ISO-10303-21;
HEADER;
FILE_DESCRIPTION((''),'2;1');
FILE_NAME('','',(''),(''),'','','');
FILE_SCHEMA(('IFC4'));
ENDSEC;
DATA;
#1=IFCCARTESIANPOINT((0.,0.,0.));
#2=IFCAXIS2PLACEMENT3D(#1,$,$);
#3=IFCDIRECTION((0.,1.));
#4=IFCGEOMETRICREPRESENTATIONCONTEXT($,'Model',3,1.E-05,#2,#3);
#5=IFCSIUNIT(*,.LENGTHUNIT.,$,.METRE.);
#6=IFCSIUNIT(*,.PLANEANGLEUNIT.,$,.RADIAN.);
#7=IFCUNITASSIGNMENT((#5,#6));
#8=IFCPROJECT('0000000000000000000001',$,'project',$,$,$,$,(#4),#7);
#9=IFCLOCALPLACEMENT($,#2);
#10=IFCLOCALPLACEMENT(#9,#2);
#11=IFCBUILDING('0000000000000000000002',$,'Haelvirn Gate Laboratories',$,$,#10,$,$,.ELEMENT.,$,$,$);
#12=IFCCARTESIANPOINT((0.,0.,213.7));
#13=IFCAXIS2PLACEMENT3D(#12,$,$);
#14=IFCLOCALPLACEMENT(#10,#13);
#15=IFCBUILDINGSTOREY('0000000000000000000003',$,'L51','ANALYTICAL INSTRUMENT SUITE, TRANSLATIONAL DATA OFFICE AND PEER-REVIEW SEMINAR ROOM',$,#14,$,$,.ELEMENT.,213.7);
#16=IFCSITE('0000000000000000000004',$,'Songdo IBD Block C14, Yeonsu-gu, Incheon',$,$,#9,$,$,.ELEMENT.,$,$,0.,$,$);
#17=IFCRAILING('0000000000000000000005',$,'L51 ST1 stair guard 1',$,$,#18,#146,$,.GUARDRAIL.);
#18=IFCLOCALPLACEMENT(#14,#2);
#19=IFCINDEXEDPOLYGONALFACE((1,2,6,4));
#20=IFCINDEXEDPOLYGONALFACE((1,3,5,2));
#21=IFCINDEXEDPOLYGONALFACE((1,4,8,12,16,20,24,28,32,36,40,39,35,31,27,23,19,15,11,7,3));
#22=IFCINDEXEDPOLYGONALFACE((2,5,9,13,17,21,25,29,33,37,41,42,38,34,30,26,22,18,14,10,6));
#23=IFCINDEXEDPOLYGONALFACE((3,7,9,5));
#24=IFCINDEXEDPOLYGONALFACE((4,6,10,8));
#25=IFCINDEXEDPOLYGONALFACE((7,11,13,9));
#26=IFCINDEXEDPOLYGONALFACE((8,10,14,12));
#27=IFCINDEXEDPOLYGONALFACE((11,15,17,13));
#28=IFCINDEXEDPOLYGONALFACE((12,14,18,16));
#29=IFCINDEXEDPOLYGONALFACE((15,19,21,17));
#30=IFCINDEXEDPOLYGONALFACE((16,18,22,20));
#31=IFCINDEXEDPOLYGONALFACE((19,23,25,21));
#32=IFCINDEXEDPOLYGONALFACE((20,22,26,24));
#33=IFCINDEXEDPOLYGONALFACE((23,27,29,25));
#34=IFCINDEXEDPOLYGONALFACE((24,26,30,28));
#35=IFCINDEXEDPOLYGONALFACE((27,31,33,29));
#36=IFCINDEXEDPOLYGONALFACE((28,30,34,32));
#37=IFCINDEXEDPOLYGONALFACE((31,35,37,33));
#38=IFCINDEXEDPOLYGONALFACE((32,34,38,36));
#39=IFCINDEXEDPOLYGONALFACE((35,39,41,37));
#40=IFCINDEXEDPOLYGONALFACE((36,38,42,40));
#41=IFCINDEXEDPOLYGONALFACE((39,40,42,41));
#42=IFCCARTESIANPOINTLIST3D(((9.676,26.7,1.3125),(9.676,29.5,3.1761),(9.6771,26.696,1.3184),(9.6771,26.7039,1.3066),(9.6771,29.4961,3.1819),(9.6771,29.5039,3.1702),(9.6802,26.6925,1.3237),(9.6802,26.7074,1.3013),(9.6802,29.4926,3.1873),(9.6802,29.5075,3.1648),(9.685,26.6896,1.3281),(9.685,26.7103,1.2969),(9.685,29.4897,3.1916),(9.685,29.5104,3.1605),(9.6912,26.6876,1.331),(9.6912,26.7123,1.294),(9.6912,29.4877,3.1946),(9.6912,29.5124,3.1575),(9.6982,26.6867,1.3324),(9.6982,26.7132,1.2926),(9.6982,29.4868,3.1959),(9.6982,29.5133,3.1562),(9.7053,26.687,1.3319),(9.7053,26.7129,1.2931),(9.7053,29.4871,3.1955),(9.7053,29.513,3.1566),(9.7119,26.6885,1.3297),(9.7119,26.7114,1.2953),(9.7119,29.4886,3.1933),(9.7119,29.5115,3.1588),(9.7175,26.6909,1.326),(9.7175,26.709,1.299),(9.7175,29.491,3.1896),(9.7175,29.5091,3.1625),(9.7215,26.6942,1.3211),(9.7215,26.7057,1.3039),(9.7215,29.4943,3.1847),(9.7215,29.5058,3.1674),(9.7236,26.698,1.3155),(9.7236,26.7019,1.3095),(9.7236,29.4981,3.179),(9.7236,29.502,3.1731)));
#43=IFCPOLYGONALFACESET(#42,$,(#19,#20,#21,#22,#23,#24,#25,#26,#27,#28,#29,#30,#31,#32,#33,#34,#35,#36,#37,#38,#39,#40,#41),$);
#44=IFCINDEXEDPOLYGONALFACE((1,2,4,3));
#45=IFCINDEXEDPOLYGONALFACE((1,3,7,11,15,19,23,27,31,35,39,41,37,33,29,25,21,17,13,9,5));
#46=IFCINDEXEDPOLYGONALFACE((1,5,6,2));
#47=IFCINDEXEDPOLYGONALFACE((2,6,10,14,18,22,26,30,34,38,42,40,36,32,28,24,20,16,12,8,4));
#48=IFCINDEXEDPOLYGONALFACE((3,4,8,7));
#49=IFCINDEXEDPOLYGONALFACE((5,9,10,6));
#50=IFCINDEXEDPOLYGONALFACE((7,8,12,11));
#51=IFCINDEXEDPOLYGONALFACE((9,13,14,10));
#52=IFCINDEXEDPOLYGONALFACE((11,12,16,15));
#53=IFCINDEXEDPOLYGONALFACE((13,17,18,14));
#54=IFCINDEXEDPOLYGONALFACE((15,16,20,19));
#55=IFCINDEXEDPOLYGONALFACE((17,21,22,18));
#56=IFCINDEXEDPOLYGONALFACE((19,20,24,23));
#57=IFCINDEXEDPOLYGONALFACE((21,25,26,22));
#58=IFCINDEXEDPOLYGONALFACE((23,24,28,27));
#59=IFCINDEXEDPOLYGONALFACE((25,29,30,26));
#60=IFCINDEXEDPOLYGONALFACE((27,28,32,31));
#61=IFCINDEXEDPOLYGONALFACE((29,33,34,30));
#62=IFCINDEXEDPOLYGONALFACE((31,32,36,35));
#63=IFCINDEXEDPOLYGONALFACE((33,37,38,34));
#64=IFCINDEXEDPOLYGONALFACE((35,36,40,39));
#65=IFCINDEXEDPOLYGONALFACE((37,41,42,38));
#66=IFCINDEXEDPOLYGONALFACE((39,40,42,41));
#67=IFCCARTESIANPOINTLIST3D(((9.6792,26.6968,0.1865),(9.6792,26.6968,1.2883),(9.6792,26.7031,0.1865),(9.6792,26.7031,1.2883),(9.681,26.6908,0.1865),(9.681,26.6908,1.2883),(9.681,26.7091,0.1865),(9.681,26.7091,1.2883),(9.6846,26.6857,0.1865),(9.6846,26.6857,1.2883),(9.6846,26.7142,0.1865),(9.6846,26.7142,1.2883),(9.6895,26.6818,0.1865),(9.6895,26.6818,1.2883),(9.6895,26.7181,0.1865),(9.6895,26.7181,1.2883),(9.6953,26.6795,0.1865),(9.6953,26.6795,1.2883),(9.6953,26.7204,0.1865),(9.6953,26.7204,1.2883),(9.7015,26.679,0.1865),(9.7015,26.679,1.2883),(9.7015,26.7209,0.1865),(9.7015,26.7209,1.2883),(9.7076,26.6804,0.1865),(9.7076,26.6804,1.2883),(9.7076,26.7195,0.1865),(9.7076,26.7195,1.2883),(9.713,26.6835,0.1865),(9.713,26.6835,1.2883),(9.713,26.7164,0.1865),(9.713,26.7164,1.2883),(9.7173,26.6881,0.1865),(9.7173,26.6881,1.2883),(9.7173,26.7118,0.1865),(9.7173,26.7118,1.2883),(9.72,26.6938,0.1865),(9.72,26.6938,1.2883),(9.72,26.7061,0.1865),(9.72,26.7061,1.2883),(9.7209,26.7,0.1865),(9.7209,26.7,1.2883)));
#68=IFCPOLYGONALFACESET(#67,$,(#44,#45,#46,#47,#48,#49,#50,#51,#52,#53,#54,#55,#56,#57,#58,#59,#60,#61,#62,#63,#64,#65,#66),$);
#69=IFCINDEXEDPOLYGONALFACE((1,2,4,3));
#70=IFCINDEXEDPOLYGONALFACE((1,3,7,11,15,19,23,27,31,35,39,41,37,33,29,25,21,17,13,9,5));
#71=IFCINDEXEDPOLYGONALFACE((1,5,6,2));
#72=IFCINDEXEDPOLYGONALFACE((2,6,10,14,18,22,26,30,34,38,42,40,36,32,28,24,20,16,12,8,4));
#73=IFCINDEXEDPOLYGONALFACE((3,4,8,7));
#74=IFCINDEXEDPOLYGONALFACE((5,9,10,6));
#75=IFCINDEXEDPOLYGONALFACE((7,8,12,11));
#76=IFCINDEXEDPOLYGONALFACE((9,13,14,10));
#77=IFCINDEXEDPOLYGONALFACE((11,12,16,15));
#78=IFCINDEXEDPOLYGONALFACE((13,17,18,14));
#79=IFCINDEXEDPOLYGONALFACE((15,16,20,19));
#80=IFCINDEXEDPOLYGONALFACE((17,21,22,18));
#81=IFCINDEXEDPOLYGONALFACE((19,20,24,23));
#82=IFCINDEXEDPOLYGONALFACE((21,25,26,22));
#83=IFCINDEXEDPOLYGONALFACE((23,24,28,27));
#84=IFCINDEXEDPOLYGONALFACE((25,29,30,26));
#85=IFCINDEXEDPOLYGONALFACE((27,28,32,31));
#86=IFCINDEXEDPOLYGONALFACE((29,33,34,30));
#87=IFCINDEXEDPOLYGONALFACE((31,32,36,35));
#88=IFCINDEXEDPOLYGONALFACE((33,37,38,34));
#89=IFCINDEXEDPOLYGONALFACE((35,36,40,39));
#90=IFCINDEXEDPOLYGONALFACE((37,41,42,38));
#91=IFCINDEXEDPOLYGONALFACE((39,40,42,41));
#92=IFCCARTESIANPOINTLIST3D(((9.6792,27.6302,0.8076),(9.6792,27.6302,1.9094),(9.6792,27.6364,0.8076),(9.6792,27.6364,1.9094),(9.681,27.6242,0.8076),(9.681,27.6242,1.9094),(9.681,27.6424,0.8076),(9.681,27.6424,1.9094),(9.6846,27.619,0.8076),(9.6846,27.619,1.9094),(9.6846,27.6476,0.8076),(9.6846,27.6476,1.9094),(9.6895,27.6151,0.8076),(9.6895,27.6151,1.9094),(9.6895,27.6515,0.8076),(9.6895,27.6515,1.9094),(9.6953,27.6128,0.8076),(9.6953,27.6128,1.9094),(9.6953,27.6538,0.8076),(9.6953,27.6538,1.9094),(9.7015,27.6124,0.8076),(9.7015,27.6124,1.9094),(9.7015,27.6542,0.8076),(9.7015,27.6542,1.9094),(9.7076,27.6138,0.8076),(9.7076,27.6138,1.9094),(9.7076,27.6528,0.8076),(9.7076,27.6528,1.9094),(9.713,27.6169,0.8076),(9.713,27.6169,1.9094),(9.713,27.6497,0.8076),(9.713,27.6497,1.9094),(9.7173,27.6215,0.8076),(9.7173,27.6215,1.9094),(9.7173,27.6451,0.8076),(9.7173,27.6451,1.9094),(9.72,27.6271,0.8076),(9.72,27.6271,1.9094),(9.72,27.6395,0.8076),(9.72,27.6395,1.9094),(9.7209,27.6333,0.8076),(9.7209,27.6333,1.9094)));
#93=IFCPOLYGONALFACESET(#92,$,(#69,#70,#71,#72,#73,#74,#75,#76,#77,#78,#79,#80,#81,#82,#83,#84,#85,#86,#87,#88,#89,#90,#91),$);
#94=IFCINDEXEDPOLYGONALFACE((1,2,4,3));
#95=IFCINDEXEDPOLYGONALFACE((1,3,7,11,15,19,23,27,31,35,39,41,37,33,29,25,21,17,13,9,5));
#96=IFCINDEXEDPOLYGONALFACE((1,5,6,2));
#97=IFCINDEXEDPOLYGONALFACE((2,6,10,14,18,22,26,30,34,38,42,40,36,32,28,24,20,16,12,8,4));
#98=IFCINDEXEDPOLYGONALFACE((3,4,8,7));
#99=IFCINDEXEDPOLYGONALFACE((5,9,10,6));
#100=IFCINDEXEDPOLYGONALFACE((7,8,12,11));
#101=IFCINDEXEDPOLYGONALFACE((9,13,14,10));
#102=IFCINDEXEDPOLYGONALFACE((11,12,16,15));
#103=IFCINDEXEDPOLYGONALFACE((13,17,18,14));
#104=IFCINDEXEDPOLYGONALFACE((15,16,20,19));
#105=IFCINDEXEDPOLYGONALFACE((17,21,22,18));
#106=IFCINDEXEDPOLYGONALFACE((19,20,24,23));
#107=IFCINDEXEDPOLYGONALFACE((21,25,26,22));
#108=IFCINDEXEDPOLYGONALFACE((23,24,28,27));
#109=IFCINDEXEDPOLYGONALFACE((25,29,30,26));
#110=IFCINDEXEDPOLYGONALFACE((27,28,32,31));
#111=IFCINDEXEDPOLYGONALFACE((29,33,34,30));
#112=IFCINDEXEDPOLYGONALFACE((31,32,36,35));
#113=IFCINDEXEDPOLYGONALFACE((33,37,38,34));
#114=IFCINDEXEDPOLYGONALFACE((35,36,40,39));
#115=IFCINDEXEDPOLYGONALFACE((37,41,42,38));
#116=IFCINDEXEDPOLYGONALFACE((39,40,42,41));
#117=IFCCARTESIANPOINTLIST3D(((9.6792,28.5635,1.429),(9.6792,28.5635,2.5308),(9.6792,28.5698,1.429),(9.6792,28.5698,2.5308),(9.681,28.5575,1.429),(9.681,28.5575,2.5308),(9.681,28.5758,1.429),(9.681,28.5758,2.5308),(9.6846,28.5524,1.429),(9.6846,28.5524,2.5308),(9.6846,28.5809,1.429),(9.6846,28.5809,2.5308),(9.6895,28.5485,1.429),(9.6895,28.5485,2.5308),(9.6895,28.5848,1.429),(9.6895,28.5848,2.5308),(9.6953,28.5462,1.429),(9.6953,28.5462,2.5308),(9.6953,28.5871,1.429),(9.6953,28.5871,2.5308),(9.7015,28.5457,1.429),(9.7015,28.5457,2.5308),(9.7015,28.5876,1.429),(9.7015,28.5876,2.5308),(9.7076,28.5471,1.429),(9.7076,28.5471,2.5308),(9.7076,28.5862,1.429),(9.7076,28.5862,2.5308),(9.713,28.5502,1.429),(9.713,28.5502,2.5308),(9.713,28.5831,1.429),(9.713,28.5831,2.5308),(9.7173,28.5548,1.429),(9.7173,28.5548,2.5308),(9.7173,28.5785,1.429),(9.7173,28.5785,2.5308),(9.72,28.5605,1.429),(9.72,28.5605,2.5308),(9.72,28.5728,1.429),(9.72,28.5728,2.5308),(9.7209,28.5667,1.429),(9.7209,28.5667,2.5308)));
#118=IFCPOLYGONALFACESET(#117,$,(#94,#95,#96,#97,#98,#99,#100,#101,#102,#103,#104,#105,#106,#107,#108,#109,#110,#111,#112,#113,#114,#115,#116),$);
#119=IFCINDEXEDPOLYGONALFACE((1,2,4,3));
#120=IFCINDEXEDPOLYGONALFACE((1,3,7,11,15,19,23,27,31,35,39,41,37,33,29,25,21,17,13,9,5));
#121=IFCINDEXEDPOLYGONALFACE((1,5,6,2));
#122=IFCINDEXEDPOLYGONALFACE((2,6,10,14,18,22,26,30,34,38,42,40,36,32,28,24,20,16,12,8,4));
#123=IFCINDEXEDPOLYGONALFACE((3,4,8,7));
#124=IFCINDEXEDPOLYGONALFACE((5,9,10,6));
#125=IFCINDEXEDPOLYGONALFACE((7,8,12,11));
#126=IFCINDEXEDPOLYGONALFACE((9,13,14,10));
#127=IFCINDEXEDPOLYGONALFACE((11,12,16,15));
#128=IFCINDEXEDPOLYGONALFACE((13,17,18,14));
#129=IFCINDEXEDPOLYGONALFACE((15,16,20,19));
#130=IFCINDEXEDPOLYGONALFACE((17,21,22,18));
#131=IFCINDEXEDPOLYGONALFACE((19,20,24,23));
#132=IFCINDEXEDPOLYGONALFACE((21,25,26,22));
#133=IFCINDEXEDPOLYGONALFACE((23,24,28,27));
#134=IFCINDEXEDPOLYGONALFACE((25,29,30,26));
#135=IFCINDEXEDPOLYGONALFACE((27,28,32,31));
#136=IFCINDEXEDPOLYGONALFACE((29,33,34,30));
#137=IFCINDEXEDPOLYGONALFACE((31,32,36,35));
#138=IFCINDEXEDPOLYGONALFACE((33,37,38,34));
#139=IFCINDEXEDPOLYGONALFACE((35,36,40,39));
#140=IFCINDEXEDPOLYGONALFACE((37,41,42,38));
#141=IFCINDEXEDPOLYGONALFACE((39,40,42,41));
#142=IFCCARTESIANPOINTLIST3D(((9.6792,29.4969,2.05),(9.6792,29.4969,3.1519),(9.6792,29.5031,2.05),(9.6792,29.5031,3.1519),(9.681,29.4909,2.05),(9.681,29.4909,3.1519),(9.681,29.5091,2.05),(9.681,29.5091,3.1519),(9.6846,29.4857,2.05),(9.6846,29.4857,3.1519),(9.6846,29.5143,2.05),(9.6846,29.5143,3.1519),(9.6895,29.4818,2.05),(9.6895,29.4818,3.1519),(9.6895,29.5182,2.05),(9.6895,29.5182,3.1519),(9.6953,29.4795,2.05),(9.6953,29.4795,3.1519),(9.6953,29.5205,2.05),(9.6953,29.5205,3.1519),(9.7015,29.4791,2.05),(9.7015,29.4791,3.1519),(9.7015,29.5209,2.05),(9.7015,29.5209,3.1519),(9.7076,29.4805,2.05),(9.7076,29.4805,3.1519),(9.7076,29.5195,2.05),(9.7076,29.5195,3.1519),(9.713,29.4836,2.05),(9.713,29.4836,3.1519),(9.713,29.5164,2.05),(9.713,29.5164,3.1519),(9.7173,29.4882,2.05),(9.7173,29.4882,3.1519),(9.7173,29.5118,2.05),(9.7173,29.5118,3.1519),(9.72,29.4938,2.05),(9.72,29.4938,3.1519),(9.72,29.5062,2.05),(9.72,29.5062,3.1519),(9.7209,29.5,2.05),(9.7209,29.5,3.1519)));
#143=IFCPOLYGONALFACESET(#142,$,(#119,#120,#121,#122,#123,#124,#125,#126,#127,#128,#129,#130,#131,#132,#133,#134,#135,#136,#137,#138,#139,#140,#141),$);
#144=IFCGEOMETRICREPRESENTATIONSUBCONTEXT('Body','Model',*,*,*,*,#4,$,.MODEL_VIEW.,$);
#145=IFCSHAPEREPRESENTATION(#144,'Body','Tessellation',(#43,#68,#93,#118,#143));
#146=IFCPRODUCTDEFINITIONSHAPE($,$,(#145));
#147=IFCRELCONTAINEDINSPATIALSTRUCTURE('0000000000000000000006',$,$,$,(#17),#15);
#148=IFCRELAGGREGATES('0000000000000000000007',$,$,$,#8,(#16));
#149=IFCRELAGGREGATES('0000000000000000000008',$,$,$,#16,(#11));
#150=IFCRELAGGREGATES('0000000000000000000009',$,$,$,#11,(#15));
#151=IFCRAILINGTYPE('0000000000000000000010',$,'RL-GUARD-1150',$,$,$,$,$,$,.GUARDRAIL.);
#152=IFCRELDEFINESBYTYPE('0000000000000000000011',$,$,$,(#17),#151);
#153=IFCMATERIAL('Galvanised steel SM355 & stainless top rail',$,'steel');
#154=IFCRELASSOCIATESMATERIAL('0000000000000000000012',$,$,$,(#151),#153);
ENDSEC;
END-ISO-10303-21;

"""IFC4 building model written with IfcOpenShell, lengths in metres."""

from ifc_helpers import new_model, si_unit, direction, frame, origin, origin_2d, place, context, subcontext, project, spatial, circle, extrude, source, transform, mapped, material, type_object, element, save


model = new_model("IFC4")

# Units and contexts
model_context = context("Model", 3, precision=1e-05, world=origin(), true_north=direction((0.0, 1.0)))
body_context = subcontext(model_context, "Body", "Model", "MODEL_VIEW")
ifc_project = project(units=[si_unit("LENGTHUNIT", "METRE"), si_unit("PLANEANGLEUNIT", "RADIAN")], contexts=[model_context])

# Site, building, storey
site_placement = place(None, origin())
site = spatial("IfcSite", under=ifc_project, at=site_placement, Name="Songdo IBD Block C14, Yeonsu-gu, Incheon", CompositionType="ELEMENT", RefElevation=0.0)
building_placement = place(site_placement, origin())
building = spatial("IfcBuilding", under=site, at=building_placement, Name="Haelvirn Gate Laboratories", CompositionType="ELEMENT")
storey_placement = place(building_placement, frame((0.0, 0.0, 213.7)))
storey = spatial("IfcBuildingStorey", under=building, at=storey_placement, Name="L51", Description="ANALYTICAL INSTRUMENT SUITE, TRANSLATIONAL DATA OFFICE AND PEER-REVIEW SEMINAR ROOM", CompositionType="ELEMENT", Elevation=213.7)

# Railing
ifc_material_1 = material(Name="Galvanised steel SM355 & stainless top rail", Category="steel")
railing_type_1 = type_object("IfcRailingType", Name="RL-GUARD-1150", PredefinedType="GUARDRAIL", material=ifc_material_1)
shared_shape_1 = source(origin(), body_context, "Body", "SweptSolid", [
    extrude(circle(Radius=0.0239, at=origin_2d()), frame((0.0, 0.0, 1.126), z_axis=(0.0, 0.832486, 0.554047), x_axis=(-1.0, 0.0, 0.0)), (0.0, 0.0, 1.0), 3.3635),
    extrude(circle(Radius=0.021, at=origin_2d()), origin(), (0.0, 0.0, 1.0), 1.1018),
    extrude(circle(Radius=0.021, at=origin_2d()), frame((0.0, 0.9333, 0.6211)), (0.0, 0.0, 1.0), 1.1018),
    extrude(circle(Radius=0.021, at=origin_2d()), frame((0.0, 1.8667, 1.2424)), (0.0, 0.0, 1.0), 1.1018),
    extrude(circle(Radius=0.021, at=origin_2d()), frame((0.0, 2.8, 1.8635)), (0.0, 0.0, 1.0), 1.1018),
])
railing_1_placement = place(storey_placement, frame((9.7, 26.7, 0.1865)))
element("IfcRailing", 1, at=railing_1_placement, inside=storey, type_object=railing_type_1, Name="L51 ST1 stair guard 1", PredefinedType="GUARDRAIL", context=body_context, shape_type="MappedRepresentation", body=[
    mapped(shared_shape_1, transform((0.0, 0.0, 0.0), scale=1.0)),
])

save(model, "model.ifc")
